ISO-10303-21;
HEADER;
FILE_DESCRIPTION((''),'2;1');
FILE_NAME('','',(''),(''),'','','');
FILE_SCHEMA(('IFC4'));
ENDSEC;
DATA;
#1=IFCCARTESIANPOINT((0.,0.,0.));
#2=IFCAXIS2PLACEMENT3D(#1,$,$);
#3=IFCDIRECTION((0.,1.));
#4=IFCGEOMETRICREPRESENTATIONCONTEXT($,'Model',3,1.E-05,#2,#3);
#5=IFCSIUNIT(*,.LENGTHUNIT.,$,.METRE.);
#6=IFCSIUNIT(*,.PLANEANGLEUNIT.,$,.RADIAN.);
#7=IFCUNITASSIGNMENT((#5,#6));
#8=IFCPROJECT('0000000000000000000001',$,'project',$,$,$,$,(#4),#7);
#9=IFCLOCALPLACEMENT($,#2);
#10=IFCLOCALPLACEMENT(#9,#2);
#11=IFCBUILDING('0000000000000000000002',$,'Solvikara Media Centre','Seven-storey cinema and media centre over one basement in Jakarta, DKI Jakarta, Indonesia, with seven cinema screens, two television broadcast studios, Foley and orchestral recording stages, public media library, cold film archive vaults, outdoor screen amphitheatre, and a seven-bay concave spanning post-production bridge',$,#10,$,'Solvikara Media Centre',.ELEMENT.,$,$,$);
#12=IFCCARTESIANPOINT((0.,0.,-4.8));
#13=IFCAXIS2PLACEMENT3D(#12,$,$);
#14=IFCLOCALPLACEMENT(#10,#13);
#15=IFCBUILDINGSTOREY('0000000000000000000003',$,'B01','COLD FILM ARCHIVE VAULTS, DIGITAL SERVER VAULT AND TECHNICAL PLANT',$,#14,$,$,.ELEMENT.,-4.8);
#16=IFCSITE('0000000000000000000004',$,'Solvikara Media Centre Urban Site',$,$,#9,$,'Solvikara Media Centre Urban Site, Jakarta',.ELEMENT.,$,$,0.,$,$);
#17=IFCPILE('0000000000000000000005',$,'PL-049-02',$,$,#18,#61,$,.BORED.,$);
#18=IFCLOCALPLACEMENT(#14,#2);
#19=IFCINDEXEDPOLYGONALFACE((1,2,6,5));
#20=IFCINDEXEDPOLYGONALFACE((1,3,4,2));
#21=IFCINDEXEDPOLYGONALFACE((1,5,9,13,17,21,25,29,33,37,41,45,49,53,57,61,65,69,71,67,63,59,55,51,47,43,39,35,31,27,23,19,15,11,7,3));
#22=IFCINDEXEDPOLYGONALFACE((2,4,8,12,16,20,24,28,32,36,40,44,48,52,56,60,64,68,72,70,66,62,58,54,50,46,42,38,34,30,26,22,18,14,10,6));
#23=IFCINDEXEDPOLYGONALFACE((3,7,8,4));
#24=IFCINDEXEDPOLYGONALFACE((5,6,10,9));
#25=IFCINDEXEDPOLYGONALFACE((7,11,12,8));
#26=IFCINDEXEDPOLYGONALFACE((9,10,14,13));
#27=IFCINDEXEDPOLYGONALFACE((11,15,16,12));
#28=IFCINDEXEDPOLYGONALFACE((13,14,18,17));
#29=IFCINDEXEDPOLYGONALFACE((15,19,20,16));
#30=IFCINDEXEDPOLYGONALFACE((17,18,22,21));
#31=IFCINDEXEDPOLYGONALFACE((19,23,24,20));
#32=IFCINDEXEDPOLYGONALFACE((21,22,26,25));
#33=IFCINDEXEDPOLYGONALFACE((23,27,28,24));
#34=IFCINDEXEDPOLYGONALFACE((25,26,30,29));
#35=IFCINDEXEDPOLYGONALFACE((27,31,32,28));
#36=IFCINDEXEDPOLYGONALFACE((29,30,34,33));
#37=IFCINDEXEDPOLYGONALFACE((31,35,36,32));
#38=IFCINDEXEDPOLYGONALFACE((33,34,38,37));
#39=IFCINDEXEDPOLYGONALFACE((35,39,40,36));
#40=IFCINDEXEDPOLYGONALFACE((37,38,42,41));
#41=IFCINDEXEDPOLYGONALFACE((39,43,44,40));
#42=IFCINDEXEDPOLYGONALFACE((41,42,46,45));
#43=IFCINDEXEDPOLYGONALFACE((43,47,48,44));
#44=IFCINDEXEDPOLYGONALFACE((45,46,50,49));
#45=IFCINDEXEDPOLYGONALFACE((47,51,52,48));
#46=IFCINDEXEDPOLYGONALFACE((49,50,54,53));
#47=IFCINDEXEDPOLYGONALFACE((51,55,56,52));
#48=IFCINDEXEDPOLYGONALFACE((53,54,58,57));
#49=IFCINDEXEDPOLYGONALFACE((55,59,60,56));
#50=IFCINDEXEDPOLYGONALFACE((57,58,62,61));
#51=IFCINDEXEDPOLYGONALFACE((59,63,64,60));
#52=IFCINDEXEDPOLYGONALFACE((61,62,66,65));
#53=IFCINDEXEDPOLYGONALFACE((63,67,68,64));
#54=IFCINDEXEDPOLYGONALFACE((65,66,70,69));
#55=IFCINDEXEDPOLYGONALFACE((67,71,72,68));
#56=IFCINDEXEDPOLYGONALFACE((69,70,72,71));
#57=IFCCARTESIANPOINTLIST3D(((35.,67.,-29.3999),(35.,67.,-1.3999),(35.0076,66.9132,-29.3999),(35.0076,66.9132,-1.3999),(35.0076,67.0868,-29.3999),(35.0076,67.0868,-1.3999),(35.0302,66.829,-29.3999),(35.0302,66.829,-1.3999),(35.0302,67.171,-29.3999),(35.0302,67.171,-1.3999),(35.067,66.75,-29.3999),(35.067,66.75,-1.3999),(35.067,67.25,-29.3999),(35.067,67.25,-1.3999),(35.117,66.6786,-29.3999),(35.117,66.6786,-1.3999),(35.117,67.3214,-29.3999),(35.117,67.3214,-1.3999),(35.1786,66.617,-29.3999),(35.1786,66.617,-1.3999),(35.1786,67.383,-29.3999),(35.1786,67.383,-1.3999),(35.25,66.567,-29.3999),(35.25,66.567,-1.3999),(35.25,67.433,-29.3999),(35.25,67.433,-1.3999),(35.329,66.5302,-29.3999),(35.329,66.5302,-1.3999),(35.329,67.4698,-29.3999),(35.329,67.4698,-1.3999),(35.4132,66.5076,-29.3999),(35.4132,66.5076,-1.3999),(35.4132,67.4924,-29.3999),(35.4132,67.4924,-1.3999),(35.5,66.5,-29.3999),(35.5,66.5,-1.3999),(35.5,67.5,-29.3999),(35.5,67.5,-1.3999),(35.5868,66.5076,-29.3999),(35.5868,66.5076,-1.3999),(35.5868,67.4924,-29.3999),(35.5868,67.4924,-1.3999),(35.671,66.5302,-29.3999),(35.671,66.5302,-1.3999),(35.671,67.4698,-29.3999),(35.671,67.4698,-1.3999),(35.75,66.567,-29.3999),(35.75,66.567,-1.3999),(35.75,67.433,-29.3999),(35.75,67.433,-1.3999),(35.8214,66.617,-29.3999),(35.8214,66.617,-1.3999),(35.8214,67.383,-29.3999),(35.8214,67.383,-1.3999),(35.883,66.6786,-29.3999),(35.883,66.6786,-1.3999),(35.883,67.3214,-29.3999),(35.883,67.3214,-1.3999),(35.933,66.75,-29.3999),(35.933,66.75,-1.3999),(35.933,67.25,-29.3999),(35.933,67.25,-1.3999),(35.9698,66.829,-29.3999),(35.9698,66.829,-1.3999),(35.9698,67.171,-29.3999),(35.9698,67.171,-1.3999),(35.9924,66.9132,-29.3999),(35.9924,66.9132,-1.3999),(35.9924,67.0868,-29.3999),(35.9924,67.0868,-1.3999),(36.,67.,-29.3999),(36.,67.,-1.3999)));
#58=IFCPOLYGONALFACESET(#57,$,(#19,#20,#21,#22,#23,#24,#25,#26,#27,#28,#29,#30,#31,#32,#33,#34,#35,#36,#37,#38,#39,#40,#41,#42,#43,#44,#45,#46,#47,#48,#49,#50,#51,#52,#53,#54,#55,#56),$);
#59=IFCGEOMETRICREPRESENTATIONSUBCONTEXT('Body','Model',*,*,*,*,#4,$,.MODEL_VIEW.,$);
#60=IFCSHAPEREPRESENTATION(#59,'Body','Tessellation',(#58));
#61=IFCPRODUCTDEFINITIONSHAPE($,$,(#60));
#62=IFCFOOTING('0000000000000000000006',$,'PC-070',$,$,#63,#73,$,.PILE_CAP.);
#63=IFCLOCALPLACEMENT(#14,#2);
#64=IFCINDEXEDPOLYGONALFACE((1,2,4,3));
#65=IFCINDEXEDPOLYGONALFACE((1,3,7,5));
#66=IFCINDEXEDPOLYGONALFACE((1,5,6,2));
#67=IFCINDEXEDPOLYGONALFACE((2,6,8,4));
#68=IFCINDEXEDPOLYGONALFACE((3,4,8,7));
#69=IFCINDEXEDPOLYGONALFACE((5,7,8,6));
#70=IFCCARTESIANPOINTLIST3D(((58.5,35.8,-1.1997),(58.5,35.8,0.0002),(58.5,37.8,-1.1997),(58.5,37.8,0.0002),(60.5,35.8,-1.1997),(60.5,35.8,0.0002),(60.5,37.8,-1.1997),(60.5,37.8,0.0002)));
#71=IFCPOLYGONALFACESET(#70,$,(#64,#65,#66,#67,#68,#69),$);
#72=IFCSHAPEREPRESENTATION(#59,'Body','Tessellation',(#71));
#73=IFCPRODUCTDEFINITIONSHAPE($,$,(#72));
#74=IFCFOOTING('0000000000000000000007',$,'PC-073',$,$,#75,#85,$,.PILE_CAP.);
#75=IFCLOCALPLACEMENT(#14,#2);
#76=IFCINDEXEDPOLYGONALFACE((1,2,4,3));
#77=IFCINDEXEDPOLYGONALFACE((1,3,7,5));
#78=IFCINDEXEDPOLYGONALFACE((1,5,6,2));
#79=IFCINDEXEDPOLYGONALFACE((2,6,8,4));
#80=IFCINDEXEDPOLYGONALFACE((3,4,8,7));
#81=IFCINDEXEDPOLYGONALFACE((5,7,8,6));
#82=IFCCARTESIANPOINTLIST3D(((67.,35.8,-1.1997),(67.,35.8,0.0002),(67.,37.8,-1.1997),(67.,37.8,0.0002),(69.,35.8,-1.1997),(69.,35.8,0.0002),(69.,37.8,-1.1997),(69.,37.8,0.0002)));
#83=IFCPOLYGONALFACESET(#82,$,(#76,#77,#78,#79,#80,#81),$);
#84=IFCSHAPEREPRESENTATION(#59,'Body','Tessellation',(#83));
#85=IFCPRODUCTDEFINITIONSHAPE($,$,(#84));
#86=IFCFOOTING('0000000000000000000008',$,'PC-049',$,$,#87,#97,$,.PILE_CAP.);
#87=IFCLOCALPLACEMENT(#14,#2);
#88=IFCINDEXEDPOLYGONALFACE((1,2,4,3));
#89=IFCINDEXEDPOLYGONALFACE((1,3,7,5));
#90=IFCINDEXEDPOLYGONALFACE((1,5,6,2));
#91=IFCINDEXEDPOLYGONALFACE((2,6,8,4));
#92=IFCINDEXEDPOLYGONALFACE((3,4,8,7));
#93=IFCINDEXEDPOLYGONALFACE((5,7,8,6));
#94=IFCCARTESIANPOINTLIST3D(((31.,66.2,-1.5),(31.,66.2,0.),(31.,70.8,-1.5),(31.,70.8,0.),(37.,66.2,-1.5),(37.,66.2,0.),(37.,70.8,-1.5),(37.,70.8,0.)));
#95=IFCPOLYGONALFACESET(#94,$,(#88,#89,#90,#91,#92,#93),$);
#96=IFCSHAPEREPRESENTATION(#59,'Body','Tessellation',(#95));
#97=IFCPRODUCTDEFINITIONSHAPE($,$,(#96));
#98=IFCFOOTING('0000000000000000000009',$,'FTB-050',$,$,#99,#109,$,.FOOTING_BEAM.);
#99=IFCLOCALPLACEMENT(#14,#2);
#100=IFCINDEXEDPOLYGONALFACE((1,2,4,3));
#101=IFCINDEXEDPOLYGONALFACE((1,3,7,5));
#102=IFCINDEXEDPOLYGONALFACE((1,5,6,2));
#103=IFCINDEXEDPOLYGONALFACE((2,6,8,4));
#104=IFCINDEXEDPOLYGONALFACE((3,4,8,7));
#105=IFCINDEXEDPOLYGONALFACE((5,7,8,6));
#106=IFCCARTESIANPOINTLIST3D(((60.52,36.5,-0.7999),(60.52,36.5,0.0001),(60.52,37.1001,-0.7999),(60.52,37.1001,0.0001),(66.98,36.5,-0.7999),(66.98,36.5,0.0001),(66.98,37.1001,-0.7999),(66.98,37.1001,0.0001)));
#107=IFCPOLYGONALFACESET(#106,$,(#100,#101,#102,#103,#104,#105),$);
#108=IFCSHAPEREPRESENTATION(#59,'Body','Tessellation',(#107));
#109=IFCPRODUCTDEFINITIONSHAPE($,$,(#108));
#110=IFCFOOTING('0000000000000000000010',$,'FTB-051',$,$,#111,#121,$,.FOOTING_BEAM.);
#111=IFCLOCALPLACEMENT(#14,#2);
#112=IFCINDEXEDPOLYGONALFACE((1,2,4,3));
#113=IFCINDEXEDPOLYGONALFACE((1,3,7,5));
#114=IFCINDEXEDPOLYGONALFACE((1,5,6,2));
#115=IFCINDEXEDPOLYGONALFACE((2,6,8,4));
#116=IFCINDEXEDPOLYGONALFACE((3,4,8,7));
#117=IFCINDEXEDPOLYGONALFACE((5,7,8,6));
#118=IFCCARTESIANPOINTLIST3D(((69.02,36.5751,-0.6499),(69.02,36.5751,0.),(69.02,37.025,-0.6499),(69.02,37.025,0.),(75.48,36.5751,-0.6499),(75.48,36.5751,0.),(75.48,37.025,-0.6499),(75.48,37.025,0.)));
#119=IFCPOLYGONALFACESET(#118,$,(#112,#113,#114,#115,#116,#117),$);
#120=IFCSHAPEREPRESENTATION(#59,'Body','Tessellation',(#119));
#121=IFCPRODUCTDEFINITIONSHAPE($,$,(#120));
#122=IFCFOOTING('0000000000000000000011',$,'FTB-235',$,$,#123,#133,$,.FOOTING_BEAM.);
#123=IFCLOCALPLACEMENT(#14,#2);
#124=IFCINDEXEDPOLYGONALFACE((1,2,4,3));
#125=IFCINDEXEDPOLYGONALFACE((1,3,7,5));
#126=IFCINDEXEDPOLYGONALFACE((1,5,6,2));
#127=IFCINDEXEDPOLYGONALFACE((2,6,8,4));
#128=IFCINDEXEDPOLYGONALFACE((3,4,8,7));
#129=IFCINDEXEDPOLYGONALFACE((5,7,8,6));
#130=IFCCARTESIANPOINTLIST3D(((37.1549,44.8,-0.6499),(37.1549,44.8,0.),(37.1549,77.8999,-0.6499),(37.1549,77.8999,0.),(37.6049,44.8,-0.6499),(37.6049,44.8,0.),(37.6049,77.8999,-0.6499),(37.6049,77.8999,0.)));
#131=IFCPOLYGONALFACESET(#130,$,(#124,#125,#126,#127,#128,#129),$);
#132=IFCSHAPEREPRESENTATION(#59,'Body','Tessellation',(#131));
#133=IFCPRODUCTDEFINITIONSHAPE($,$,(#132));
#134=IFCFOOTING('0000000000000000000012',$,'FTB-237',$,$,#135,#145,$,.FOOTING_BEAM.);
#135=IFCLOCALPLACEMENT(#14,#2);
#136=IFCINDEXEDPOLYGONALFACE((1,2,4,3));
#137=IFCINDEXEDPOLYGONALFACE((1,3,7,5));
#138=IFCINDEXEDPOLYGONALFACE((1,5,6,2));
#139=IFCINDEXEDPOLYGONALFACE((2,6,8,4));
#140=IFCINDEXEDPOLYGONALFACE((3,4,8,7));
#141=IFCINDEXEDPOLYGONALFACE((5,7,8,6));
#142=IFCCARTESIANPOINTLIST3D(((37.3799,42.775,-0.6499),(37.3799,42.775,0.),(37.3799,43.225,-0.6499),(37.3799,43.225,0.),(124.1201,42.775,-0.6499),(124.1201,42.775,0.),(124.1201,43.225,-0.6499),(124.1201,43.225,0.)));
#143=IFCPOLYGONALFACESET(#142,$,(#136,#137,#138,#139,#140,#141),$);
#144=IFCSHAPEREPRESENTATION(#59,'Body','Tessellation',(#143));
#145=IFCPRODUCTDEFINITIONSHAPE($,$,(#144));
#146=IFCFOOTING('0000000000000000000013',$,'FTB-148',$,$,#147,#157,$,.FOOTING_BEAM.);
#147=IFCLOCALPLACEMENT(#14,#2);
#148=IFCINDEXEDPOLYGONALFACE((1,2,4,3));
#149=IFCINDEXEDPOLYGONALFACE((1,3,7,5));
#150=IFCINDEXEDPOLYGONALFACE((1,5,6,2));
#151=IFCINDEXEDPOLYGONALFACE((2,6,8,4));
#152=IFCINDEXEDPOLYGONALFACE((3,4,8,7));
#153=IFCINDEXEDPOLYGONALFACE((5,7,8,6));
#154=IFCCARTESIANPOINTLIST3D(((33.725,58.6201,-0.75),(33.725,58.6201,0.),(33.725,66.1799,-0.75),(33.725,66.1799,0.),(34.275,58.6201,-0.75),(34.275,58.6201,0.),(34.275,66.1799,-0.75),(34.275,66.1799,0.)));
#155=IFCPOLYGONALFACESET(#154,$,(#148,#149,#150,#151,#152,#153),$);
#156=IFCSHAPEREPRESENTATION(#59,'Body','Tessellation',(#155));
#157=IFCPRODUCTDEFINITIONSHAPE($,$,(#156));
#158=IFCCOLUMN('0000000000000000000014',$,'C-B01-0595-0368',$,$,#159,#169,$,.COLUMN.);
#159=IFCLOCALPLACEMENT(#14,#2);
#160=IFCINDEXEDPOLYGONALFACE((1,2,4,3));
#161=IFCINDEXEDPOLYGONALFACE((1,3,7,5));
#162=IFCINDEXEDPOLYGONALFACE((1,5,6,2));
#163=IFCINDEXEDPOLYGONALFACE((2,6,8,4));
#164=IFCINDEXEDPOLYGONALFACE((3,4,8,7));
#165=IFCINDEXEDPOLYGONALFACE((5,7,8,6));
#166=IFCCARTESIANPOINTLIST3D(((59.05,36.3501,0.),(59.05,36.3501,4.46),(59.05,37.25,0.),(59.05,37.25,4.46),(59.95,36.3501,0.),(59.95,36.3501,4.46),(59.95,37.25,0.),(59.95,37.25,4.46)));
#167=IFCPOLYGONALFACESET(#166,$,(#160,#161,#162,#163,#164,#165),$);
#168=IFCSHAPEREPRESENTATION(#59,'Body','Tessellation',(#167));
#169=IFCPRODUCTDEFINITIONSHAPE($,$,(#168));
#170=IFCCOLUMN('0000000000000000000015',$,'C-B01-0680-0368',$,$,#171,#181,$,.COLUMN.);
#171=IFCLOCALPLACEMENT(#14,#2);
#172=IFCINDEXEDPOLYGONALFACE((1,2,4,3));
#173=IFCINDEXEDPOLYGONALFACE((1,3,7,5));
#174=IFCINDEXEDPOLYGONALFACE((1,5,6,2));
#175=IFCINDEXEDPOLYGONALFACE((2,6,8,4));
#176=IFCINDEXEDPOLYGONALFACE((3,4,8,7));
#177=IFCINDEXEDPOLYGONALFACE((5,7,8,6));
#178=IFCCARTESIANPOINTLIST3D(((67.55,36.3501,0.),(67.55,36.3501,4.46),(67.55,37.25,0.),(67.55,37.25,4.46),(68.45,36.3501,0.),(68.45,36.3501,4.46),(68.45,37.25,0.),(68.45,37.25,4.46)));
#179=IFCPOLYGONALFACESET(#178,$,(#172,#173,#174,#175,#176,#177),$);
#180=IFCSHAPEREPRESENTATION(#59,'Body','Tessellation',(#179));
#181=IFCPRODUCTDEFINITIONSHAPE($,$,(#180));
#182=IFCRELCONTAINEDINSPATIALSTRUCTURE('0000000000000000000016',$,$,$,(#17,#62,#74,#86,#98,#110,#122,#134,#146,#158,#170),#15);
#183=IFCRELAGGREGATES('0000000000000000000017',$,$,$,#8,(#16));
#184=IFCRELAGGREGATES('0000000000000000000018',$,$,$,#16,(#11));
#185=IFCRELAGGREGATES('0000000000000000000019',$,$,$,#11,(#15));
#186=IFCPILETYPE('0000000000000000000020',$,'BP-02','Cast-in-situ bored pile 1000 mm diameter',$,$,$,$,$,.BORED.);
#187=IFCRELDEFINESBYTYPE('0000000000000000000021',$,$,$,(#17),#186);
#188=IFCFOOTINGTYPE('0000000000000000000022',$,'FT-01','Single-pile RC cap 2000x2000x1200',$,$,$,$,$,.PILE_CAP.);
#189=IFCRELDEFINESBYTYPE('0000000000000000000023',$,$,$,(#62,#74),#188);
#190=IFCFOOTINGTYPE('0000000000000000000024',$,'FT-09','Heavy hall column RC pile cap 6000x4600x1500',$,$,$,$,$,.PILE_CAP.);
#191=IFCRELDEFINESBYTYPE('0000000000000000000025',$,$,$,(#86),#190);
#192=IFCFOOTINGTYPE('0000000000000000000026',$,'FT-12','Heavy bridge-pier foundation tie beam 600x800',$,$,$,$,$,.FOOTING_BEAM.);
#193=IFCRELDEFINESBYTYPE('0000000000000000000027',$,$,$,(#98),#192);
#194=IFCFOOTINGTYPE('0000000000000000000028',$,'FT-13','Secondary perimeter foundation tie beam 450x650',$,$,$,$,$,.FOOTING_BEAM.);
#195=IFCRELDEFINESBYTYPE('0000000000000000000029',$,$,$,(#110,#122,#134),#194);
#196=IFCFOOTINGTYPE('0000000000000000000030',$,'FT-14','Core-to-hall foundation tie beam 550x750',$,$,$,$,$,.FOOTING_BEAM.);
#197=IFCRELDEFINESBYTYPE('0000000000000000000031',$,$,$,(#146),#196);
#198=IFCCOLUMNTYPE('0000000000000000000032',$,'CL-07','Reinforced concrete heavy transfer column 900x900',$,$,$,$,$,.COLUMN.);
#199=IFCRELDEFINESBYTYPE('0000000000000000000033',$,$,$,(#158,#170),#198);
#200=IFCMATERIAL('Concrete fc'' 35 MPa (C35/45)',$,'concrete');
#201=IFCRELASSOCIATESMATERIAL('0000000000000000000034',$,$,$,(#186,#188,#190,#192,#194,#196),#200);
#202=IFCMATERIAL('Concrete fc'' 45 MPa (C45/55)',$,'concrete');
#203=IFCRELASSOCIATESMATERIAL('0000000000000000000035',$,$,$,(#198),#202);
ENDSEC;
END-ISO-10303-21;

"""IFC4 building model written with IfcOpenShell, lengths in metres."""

from ifc_helpers import new_model, si_unit, direction, frame, origin, origin_2d, place, context, subcontext, project, spatial, rectangle, circle, extrude, material, material_profile, profile_set, type_object, element, save


model = new_model("IFC4")

# Units and contexts
model_context = context("Model", 3, precision=1e-05, world=origin(), true_north=direction((0.0, 1.0)))
body_context = subcontext(model_context, "Body", "Model", "MODEL_VIEW")
ifc_project = project(units=[si_unit("LENGTHUNIT", "METRE"), si_unit("PLANEANGLEUNIT", "RADIAN")], contexts=[model_context])

# Site, building, storey
site_placement = place(None, origin())
site = spatial("IfcSite", under=ifc_project, at=site_placement, Name="Solvikara Media Centre Urban Site", LongName="Solvikara Media Centre Urban Site, Jakarta", CompositionType="ELEMENT", RefElevation=0.0)
building_placement = place(site_placement, origin())
building = spatial("IfcBuilding", under=site, at=building_placement, Name="Solvikara Media Centre", Description="Seven-storey cinema and media centre over one basement in Jakarta, DKI Jakarta, Indonesia, with seven cinema screens, two television broadcast studios, Foley and orchestral recording stages, public media library, cold film archive vaults, outdoor screen amphitheatre, and a seven-bay concave spanning post-production bridge", LongName="Solvikara Media Centre", CompositionType="ELEMENT")
storey_placement = place(building_placement, frame((0.0, 0.0, -4.8)))
storey = spatial("IfcBuildingStorey", under=building, at=storey_placement, Name="B01", Description="COLD FILM ARCHIVE VAULTS, DIGITAL SERVER VAULT AND TECHNICAL PLANT", CompositionType="ELEMENT", Elevation=-4.8)

# Pile
ifc_material_1 = material(Name="Concrete fc' 35 MPa (C35/45)", Category="concrete")
ifc_material_profile_1 = material_profile(ifc_material_1, circle(Radius=0.5, at=origin_2d()), Name="BORED PILE D1000")
ifc_profile_set_1 = profile_set([ifc_material_profile_1], Name="Concrete fc' 35 MPa (C35/45)")
pile_type_1 = type_object("IfcPileType", Name="BP-02", Description="Cast-in-situ bored pile 1000 mm diameter", PredefinedType="BORED", material=ifc_profile_set_1)
pile_placement = place(storey_placement, frame((35.5, 67.0, -1.3999), z_axis=(0.0, 0.0, -1.0), x_axis=(1.0, 0.0, 0.0)))
element("IfcPile", 1, at=pile_placement, inside=storey, type_object=pile_type_1, Name="PL-049-02", PredefinedType="BORED", context=body_context, shape_type="SweptSolid", body=[
    extrude(circle(Radius=0.5, at=origin_2d()), origin(), (0.0, 0.0, 1.0), 28.0),
])

# Footings
footing_type_1 = type_object("IfcFootingType", Name="FT-01", Description="Single-pile RC cap 2000x2000x1200", PredefinedType="PILE_CAP", material=ifc_material_1)
for number, where, z_axis, x_axis, name in (
    (2, (59.5, 36.8, -1.1997), (0.0, 0.0, 1.0), (1.0, 0.0, 0.0), "PC-070"),
    (3, (68.0, 36.8, -1.1997), (0.0, 0.0, 1.0), (1.0, 0.0, 0.0), "PC-073"),
):
    element("IfcFooting", number, at=place(storey_placement, frame(where, z_axis=z_axis, x_axis=x_axis)), inside=storey, type_object=footing_type_1, Name=name, PredefinedType="PILE_CAP", context=body_context, shape_type="SweptSolid", body=[
        extrude(rectangle(XDim=2.0, YDim=2.0, at=origin_2d()), origin(), (0.0, 0.0, 1.0), 1.2),
    ])
footing_type_2 = type_object("IfcFootingType", Name="FT-09", Description="Heavy hall column RC pile cap 6000x4600x1500", PredefinedType="PILE_CAP", material=ifc_material_1)
footing_1_placement = place(storey_placement, frame((34.0, 68.5, -1.5), z_axis=(0.0, 0.0, 1.0), x_axis=(1.0, 0.0, 0.0)))
element("IfcFooting", 4, at=footing_1_placement, inside=storey, type_object=footing_type_2, Name="PC-049", PredefinedType="PILE_CAP", context=body_context, shape_type="SweptSolid", body=[
    extrude(rectangle(XDim=6.0, YDim=4.6001, at=origin_2d()), origin(), (0.0, 0.0, 1.0), 1.5),
])
ifc_material_profile_2 = material_profile(ifc_material_1, rectangle(XDim=0.6001, YDim=0.8, at=origin_2d()), Name="RC 600x800")
ifc_profile_set_2 = profile_set([ifc_material_profile_2], Name="Concrete fc' 35 MPa (C35/45)")
footing_type_3 = type_object("IfcFootingType", Name="FT-12", Description="Heavy bridge-pier foundation tie beam 600x800", PredefinedType="FOOTING_BEAM", material=ifc_profile_set_2)
footing_2_placement = place(storey_placement, frame((60.52, 36.8, -0.3999), z_axis=(1.0, 0.0, 0.0), x_axis=(0.0, 1.0, 0.0)))
element("IfcFooting", 5, at=footing_2_placement, inside=storey, type_object=footing_type_3, Name="FTB-050", PredefinedType="FOOTING_BEAM", context=body_context, shape_type="SweptSolid", body=[
    extrude(rectangle(XDim=0.6001, YDim=0.8, at=origin_2d()), origin(), (0.0, 0.0, 1.0), 6.46),
])
ifc_material_profile_3 = material_profile(ifc_material_1, rectangle(XDim=0.45, YDim=0.6499, at=origin_2d()), Name="RC 450x650")
ifc_profile_set_3 = profile_set([ifc_material_profile_3], Name="Concrete fc' 35 MPa (C35/45)")
footing_type_4 = type_object("IfcFootingType", Name="FT-13", Description="Secondary perimeter foundation tie beam 450x650", PredefinedType="FOOTING_BEAM", material=ifc_profile_set_3)
footing_3_placement = place(storey_placement, frame((69.02, 36.8, -0.325), z_axis=(1.0, 0.0, 0.0), x_axis=(0.0, 1.0, 0.0)))
element("IfcFooting", 6, at=footing_3_placement, inside=storey, type_object=footing_type_4, Name="FTB-051", PredefinedType="FOOTING_BEAM", context=body_context, shape_type="SweptSolid", body=[
    extrude(rectangle(XDim=0.45, YDim=0.6499, at=origin_2d()), origin(), (0.0, 0.0, 1.0), 6.46),
])
footing_4_placement = place(storey_placement, frame((37.3799, 44.8, -0.325), z_axis=(0.0, 1.0, 0.0), x_axis=(-1.0, 0.0, 0.0)))
element("IfcFooting", 7, at=footing_4_placement, inside=storey, type_object=footing_type_4, Name="FTB-235", PredefinedType="FOOTING_BEAM", context=body_context, shape_type="SweptSolid", body=[
    extrude(rectangle(XDim=0.45, YDim=0.6499, at=origin_2d()), origin(), (0.0, 0.0, 1.0), 33.0999),
])
footing_5_placement = place(storey_placement, frame((37.3799, 43.0, -0.325), z_axis=(1.0, 0.0, 0.0), x_axis=(0.0, 1.0, 0.0)))
element("IfcFooting", 8, at=footing_5_placement, inside=storey, type_object=footing_type_4, Name="FTB-237", PredefinedType="FOOTING_BEAM", context=body_context, shape_type="SweptSolid", body=[
    extrude(rectangle(XDim=0.45, YDim=0.6499, at=origin_2d()), origin(), (0.0, 0.0, 1.0), 86.7402),
])
ifc_material_profile_4 = material_profile(ifc_material_1, rectangle(XDim=0.55, YDim=0.75, at=origin_2d()), Name="RC 550x750")
ifc_profile_set_4 = profile_set([ifc_material_profile_4], Name="Concrete fc' 35 MPa (C35/45)")
footing_type_5 = type_object("IfcFootingType", Name="FT-14", Description="Core-to-hall foundation tie beam 550x750", PredefinedType="FOOTING_BEAM", material=ifc_profile_set_4)
footing_6_placement = place(storey_placement, frame((34.0, 58.6201, -0.375), z_axis=(0.0, 1.0, 0.0), x_axis=(-1.0, 0.0, 0.0)))
element("IfcFooting", 9, at=footing_6_placement, inside=storey, type_object=footing_type_5, Name="FTB-148", PredefinedType="FOOTING_BEAM", context=body_context, shape_type="SweptSolid", body=[
    extrude(rectangle(XDim=0.55, YDim=0.75, at=origin_2d()), origin(), (0.0, 0.0, 1.0), 7.5598),
])

# Columns
ifc_material_2 = material(Name="Concrete fc' 45 MPa (C45/55)", Category="concrete")
ifc_material_profile_5 = material_profile(ifc_material_2, rectangle(XDim=0.8999, YDim=0.8999, at=origin_2d()), Name="RC 900x900")
ifc_profile_set_5 = profile_set([ifc_material_profile_5], Name="Concrete fc' 45 MPa (C45/55)")
column_type_1 = type_object("IfcColumnType", Name="CL-07", Description="Reinforced concrete heavy transfer column 900x900", PredefinedType="COLUMN", material=ifc_profile_set_5)
for number, where, z_axis, x_axis, name in (
    (10, (59.5, 36.8, 0.0), (0.0, 0.0, 1.0), (1.0, 0.0, 0.0), "C-B01-0595-0368"),
    (11, (68.0, 36.8, 0.0), (0.0, 0.0, 1.0), (1.0, 0.0, 0.0), "C-B01-0680-0368"),
):
    element("IfcColumn", number, at=place(storey_placement, frame(where, z_axis=z_axis, x_axis=x_axis)), inside=storey, type_object=column_type_1, Name=name, PredefinedType="COLUMN", context=body_context, shape_type="SweptSolid", body=[
        extrude(rectangle(XDim=0.8999, YDim=0.8999, at=origin_2d()), origin(), (0.0, 0.0, 1.0), 4.46),
    ])

save(model, "model.ifc")
